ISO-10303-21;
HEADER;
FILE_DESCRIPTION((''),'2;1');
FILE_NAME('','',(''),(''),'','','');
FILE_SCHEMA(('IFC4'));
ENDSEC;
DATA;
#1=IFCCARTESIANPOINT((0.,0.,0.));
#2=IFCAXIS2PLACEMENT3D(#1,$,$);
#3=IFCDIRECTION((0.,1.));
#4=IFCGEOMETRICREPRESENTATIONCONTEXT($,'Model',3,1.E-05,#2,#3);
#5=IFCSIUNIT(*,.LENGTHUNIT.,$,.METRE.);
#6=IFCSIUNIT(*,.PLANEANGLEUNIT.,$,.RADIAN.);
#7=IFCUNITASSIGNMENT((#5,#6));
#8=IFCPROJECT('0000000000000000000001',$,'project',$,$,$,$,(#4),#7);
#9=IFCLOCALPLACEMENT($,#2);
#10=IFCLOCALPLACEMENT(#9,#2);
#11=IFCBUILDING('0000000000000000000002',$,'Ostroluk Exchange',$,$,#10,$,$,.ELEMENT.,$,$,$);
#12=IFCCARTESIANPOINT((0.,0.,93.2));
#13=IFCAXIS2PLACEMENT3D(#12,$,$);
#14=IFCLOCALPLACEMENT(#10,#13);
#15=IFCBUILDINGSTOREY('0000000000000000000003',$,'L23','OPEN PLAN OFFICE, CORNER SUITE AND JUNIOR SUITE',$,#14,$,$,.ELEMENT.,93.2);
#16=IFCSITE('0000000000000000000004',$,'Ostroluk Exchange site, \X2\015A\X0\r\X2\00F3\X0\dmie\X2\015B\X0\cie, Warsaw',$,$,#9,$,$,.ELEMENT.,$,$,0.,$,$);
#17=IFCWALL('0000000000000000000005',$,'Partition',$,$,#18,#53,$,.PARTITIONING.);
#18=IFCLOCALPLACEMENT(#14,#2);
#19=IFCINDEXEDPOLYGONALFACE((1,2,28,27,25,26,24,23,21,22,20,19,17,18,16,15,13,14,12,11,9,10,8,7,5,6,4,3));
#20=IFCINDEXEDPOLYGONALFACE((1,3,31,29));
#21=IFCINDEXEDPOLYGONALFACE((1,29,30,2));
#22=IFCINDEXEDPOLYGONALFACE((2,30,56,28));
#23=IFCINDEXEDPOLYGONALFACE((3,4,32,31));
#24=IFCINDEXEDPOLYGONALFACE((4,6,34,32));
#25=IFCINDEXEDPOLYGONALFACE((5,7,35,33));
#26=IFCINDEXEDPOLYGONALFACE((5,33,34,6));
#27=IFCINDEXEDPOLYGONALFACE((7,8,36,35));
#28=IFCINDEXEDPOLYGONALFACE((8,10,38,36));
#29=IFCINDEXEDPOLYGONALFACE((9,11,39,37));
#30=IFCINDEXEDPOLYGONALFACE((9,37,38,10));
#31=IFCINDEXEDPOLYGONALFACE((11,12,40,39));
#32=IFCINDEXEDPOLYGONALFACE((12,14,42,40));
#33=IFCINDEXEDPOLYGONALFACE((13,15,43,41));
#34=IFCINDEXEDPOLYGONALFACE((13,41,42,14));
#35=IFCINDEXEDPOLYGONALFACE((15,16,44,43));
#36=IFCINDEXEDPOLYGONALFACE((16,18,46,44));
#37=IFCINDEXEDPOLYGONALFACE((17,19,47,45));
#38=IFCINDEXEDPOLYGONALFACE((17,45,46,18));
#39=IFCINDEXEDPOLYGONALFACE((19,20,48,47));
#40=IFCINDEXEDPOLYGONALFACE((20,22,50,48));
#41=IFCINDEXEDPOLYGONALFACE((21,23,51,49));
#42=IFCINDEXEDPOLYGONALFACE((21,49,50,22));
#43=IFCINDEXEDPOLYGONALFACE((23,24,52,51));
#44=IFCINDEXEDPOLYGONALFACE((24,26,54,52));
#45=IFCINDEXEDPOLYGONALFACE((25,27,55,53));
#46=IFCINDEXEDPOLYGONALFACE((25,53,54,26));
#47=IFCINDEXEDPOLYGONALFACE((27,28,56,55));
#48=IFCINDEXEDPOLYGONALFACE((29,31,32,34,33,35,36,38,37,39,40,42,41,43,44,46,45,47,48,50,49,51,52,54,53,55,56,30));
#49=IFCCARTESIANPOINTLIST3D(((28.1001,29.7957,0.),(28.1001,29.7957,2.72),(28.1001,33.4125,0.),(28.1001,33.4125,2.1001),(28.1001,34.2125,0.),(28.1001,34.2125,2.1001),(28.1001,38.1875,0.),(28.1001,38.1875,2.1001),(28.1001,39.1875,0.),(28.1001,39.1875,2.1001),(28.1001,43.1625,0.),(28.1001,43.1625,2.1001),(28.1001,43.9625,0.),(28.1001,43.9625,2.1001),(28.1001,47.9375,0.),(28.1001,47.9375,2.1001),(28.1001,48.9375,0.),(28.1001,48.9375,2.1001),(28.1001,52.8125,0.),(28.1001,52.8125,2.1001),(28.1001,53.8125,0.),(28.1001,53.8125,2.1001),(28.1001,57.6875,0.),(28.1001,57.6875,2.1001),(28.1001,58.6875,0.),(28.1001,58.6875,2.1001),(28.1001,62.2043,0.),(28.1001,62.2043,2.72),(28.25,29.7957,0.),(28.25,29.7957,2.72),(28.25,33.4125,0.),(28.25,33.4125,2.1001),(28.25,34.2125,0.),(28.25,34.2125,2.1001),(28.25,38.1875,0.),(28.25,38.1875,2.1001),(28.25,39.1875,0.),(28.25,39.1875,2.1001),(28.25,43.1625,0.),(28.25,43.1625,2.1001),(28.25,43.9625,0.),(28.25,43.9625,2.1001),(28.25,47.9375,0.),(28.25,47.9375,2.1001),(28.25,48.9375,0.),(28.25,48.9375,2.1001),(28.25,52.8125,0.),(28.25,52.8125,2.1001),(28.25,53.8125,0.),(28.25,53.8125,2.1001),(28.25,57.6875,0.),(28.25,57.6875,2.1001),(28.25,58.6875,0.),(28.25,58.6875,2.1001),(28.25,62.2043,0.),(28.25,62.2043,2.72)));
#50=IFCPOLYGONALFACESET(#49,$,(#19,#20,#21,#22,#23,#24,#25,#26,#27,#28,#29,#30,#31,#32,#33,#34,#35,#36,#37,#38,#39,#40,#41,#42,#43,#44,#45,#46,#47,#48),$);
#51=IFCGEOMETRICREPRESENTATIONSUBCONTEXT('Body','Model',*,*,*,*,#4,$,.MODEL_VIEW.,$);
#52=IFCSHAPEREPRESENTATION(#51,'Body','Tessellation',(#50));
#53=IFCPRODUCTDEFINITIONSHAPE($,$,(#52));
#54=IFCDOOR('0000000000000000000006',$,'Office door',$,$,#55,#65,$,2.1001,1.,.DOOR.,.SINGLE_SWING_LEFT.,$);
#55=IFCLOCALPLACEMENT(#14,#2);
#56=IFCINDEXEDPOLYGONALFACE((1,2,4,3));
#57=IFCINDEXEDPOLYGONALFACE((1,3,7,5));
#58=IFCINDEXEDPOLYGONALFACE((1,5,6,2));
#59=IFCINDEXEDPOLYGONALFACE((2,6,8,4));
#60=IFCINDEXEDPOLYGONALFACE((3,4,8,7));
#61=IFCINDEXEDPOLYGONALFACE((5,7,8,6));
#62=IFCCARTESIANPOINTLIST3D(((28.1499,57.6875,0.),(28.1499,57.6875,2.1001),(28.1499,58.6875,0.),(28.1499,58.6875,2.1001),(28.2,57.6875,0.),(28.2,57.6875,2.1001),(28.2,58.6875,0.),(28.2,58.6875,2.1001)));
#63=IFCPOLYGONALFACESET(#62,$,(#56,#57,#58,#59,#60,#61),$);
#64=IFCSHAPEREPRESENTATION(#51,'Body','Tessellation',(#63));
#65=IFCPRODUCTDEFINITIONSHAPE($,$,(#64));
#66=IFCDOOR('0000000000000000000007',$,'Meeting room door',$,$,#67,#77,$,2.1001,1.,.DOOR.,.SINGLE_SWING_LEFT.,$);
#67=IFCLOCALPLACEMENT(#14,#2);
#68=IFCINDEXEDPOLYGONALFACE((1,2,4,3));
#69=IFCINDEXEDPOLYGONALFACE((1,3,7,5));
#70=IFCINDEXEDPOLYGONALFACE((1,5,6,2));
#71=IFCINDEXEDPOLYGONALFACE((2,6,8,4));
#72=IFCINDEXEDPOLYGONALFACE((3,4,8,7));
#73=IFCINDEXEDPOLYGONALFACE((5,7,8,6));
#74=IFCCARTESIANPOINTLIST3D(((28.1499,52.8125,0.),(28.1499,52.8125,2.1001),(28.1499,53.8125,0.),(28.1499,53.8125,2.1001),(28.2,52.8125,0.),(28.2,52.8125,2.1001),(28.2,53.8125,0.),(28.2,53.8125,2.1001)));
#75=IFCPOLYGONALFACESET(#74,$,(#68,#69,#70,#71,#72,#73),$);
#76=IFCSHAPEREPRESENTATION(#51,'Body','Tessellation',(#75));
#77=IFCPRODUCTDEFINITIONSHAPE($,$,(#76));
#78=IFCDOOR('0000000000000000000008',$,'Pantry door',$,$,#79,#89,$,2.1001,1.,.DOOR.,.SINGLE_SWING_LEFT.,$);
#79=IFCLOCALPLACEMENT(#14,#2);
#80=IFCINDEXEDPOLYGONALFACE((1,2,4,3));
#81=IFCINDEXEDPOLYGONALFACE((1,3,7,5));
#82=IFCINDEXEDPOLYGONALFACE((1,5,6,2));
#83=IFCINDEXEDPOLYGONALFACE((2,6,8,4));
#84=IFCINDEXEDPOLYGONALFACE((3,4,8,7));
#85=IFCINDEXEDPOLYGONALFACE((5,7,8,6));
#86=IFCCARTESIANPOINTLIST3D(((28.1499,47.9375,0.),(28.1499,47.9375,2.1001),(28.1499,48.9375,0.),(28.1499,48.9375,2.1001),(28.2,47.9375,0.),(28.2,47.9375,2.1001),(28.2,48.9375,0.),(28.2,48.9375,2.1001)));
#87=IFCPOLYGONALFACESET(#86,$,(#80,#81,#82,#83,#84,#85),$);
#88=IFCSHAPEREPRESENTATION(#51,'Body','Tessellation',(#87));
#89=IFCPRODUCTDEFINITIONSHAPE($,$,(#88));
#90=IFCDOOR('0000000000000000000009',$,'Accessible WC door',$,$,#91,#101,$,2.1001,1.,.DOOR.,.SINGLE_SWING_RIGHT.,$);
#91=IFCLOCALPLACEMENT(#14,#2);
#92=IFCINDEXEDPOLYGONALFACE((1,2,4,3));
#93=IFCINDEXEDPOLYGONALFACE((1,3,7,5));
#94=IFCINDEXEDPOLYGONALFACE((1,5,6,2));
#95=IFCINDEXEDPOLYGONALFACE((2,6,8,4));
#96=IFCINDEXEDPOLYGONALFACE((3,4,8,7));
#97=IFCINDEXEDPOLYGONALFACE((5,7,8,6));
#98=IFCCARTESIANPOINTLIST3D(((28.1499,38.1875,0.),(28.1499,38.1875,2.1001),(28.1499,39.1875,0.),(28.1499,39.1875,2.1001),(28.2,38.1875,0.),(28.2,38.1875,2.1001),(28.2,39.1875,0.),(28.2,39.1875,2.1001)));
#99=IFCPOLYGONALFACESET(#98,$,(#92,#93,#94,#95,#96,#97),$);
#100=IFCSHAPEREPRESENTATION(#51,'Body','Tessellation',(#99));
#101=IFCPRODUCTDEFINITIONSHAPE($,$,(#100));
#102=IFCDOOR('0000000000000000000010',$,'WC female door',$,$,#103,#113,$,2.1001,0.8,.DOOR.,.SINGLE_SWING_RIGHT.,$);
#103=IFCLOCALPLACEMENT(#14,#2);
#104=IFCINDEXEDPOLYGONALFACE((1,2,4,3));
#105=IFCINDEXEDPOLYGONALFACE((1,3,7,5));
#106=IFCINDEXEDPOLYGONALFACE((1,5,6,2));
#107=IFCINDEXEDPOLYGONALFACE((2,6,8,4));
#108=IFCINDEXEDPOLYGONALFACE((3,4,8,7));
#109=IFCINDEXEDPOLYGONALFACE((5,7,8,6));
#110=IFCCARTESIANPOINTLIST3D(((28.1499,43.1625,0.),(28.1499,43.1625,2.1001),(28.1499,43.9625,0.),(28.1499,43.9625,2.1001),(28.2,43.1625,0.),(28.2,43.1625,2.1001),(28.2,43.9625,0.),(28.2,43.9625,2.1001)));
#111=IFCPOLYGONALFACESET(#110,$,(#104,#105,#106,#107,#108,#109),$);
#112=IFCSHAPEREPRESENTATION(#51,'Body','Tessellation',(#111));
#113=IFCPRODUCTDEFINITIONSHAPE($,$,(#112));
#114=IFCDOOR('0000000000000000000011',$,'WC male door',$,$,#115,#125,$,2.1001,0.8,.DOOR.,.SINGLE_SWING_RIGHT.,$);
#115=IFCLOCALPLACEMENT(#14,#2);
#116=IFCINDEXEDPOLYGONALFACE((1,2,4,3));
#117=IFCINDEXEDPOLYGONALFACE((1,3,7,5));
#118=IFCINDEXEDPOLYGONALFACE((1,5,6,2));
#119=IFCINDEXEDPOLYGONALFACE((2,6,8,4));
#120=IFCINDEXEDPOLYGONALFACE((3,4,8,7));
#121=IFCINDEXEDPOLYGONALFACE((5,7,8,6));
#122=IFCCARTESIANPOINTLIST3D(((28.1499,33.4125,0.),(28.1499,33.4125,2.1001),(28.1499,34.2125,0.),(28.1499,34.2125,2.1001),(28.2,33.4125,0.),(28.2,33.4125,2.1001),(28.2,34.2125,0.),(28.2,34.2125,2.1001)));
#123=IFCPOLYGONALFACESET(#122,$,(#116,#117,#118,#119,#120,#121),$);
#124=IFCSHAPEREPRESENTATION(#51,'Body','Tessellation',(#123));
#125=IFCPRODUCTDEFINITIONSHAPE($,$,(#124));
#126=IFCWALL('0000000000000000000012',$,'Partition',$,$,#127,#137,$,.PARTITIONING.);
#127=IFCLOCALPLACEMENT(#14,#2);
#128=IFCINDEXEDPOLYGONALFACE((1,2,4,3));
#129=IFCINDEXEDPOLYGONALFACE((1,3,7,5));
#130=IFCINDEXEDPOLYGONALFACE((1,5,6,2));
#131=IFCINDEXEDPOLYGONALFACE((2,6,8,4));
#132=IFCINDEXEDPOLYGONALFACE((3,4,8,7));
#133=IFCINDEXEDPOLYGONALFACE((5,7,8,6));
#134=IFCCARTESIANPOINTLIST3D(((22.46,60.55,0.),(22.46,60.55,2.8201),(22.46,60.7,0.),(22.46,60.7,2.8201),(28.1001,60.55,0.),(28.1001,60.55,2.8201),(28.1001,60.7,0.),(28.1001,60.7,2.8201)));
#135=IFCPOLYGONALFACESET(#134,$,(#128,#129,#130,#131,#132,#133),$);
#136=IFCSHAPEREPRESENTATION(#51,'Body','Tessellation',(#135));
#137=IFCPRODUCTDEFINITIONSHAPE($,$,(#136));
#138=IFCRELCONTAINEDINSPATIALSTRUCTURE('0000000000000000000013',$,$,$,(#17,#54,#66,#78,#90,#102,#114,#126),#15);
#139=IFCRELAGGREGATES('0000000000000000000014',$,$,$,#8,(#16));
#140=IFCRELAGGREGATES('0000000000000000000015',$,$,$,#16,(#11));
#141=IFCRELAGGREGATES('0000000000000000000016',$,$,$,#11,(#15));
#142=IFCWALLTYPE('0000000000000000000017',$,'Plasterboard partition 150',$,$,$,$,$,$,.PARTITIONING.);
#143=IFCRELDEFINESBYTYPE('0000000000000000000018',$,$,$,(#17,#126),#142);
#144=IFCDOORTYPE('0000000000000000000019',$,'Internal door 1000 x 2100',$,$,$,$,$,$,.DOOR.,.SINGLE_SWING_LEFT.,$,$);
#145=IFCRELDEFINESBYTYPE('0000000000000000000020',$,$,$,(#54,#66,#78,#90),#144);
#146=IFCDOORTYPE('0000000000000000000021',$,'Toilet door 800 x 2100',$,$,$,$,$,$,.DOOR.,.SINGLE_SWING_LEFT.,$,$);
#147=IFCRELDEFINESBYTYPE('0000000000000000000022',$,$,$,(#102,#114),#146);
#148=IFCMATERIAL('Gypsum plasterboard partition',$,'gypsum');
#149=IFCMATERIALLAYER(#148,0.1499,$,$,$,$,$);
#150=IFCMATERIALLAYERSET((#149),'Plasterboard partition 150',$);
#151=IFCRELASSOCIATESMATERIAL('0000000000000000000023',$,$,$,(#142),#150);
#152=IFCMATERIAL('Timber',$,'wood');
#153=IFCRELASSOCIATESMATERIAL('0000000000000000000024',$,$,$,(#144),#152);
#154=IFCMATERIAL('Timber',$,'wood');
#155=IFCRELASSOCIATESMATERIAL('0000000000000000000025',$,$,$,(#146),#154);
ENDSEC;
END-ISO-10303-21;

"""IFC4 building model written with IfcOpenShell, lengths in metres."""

from ifc_helpers import new_model, si_unit, direction, frame, frame_2d, origin, place, context, subcontext, project, spatial, rectangle, extrude, material, layer, layer_set, type_object, element, fill, save


model = new_model("IFC4")

# Units and contexts
model_context = context("Model", 3, precision=1e-05, world=origin(), true_north=direction((0.0, 1.0)))
body_context = subcontext(model_context, "Body", "Model", "MODEL_VIEW")
ifc_project = project(units=[si_unit("LENGTHUNIT", "METRE"), si_unit("PLANEANGLEUNIT", "RADIAN")], contexts=[model_context])

# Site, building, storey
site_placement = place(None, origin())
site = spatial("IfcSite", under=ifc_project, at=site_placement, Name="Ostroluk Exchange site, Śródmieście, Warsaw", CompositionType="ELEMENT", RefElevation=0.0)
building_placement = place(site_placement, origin())
building = spatial("IfcBuilding", under=site, at=building_placement, Name="Ostroluk Exchange", CompositionType="ELEMENT")
storey_placement = place(building_placement, frame((0.0, 0.0, 93.2)))
storey = spatial("IfcBuildingStorey", under=building, at=storey_placement, Name="L23", Description="OPEN PLAN OFFICE, CORNER SUITE AND JUNIOR SUITE", CompositionType="ELEMENT", Elevation=93.2)

# Shared definitions
ifc_material_1 = material(Name="Gypsum plasterboard partition", Category="gypsum")
ifc_layer_1 = layer(ifc_material_1, 0.1499)
ifc_layer_set_1 = layer_set([ifc_layer_1], Name="Plasterboard partition 150")
wall_type = type_object("IfcWallType", Name="Plasterboard partition 150", PredefinedType="PARTITIONING", material=ifc_layer_set_1)
ifc_material_2 = material(Name="Timber", Category="wood")
door_type_1 = type_object("IfcDoorType", Name="Internal door 1000 x 2100", OperationType="SINGLE_SWING_LEFT", PredefinedType="DOOR", material=ifc_material_2)

# Wall, openings, doors
wall_1_placement = place(storey_placement, frame((28.175, 62.2043, 0.0), z_axis=(0.0, 0.0, 1.0), x_axis=(0.0, -1.0, 0.0)))
wall_1 = element("IfcWall", 1, at=wall_1_placement, inside=storey, type_object=wall_type, Name="Partition", PredefinedType="PARTITIONING", context=body_context, shape_type="SweptSolid", body=[
    extrude(rectangle(XDim=32.4087, YDim=0.1499, at=frame_2d((16.2043, 0.0))), origin(), (0.0, 0.0, 1.0), 2.72),
])
opening_1_placement = place(wall_1_placement, frame((3.5168, 0.0, 0.0)))
opening_1 = element("IfcOpeningElement", 2, at=opening_1_placement, cuts=wall_1, PredefinedType="OPENING", context=body_context, shape_type="SweptSolid", body=[
    extrude(rectangle(XDim=1.0, YDim=2.1001, at=frame_2d((0.5, 1.05))), frame((0.0, 0.085, 0.0), z_axis=(0.0, -1.0, 0.0), x_axis=(1.0, 0.0, 0.0)), (0.0, 0.0, 1.0), 0.1699),
])
opening_2_placement = place(wall_1_placement, frame((8.3918, 0.0, 0.0)))
opening_2 = element("IfcOpeningElement", 3, at=opening_2_placement, cuts=wall_1, PredefinedType="OPENING", context=body_context, shape_type="SweptSolid", body=[
    extrude(rectangle(XDim=1.0, YDim=2.1001, at=frame_2d((0.5, 1.05))), frame((0.0, 0.085, 0.0), z_axis=(0.0, -1.0, 0.0), x_axis=(1.0, 0.0, 0.0)), (0.0, 0.0, 1.0), 0.1699),
])
opening_3_placement = place(wall_1_placement, frame((13.2668, 0.0, 0.0)))
opening_3 = element("IfcOpeningElement", 4, at=opening_3_placement, cuts=wall_1, PredefinedType="OPENING", context=body_context, shape_type="SweptSolid", body=[
    extrude(rectangle(XDim=1.0, YDim=2.1001, at=frame_2d((0.5, 1.05))), frame((0.0, 0.085, 0.0), z_axis=(0.0, -1.0, 0.0), x_axis=(1.0, 0.0, 0.0)), (0.0, 0.0, 1.0), 0.1699),
])
opening_4_placement = place(wall_1_placement, frame((18.2419, 0.0, 0.0)))
opening_4 = element("IfcOpeningElement", 5, at=opening_4_placement, cuts=wall_1, PredefinedType="OPENING", context=body_context, shape_type="SweptSolid", body=[
    extrude(rectangle(XDim=0.8, YDim=2.1001, at=frame_2d((0.3999, 1.05))), frame((0.0, 0.085, 0.0), z_axis=(0.0, -1.0, 0.0), x_axis=(1.0, 0.0, 0.0)), (0.0, 0.0, 1.0), 0.1699),
])
opening_5_placement = place(wall_1_placement, frame((23.0168, 0.0, 0.0)))
opening_5 = element("IfcOpeningElement", 6, at=opening_5_placement, cuts=wall_1, PredefinedType="OPENING", context=body_context, shape_type="SweptSolid", body=[
    extrude(rectangle(XDim=1.0, YDim=2.1001, at=frame_2d((0.5, 1.05))), frame((0.0, 0.085, 0.0), z_axis=(0.0, -1.0, 0.0), x_axis=(1.0, 0.0, 0.0)), (0.0, 0.0, 1.0), 0.1699),
])
opening_6_placement = place(wall_1_placement, frame((27.9919, 0.0, 0.0)))
opening_6 = element("IfcOpeningElement", 7, at=opening_6_placement, cuts=wall_1, PredefinedType="OPENING", context=body_context, shape_type="SweptSolid", body=[
    extrude(rectangle(XDim=0.8, YDim=2.1001, at=frame_2d((0.3999, 1.05))), frame((0.0, 0.085, 0.0), z_axis=(0.0, -1.0, 0.0), x_axis=(1.0, 0.0, 0.0)), (0.0, 0.0, 1.0), 0.1699),
])
door_1_placement = place(opening_1_placement, origin())
door_1 = element("IfcDoor", 8, at=door_1_placement, inside=storey, type_object=door_type_1, Name="Office door", OperationType="SINGLE_SWING_LEFT", OverallHeight=2.1001, OverallWidth=1.0, PredefinedType="DOOR", context=body_context, shape_type="SweptSolid", body=[
    extrude(rectangle(XDim=1.0, YDim=2.1001, at=frame_2d((0.5, 1.05))), frame((0.0, 0.0249, 0.0), z_axis=(0.0, -1.0, 0.0), x_axis=(1.0, 0.0, 0.0)), (0.0, 0.0, 1.0), 0.05),
])
fill(opening_1, door_1)
door_2_placement = place(opening_2_placement, origin())
door_2 = element("IfcDoor", 9, at=door_2_placement, inside=storey, type_object=door_type_1, Name="Meeting room door", OperationType="SINGLE_SWING_LEFT", OverallHeight=2.1001, OverallWidth=1.0, PredefinedType="DOOR", context=body_context, shape_type="SweptSolid", body=[
    extrude(rectangle(XDim=1.0, YDim=2.1001, at=frame_2d((0.5, 1.05))), frame((0.0, 0.0249, 0.0), z_axis=(0.0, -1.0, 0.0), x_axis=(1.0, 0.0, 0.0)), (0.0, 0.0, 1.0), 0.05),
])
fill(opening_2, door_2)
door_3_placement = place(opening_3_placement, origin())
door_3 = element("IfcDoor", 10, at=door_3_placement, inside=storey, type_object=door_type_1, Name="Pantry door", OperationType="SINGLE_SWING_LEFT", OverallHeight=2.1001, OverallWidth=1.0, PredefinedType="DOOR", context=body_context, shape_type="SweptSolid", body=[
    extrude(rectangle(XDim=1.0, YDim=2.1001, at=frame_2d((0.5, 1.05))), frame((0.0, 0.0249, 0.0), z_axis=(0.0, -1.0, 0.0), x_axis=(1.0, 0.0, 0.0)), (0.0, 0.0, 1.0), 0.05),
])
fill(opening_3, door_3)
door_4_placement = place(opening_5_placement, origin())
door_4 = element("IfcDoor", 11, at=door_4_placement, inside=storey, type_object=door_type_1, Name="Accessible WC door", OperationType="SINGLE_SWING_RIGHT", OverallHeight=2.1001, OverallWidth=1.0, PredefinedType="DOOR", context=body_context, shape_type="SweptSolid", body=[
    extrude(rectangle(XDim=1.0, YDim=2.1001, at=frame_2d((0.5, 1.05))), frame((0.0, 0.0249, 0.0), z_axis=(0.0, -1.0, 0.0), x_axis=(1.0, 0.0, 0.0)), (0.0, 0.0, 1.0), 0.05),
])
fill(opening_5, door_4)
ifc_material_3 = material(Name="Timber", Category="wood")
door_type_2 = type_object("IfcDoorType", Name="Toilet door 800 x 2100", OperationType="SINGLE_SWING_LEFT", PredefinedType="DOOR", material=ifc_material_3)
door_5_placement = place(opening_4_placement, origin())
door_5 = element("IfcDoor", 12, at=door_5_placement, inside=storey, type_object=door_type_2, Name="WC female door", OperationType="SINGLE_SWING_RIGHT", OverallHeight=2.1001, OverallWidth=0.8, PredefinedType="DOOR", context=body_context, shape_type="SweptSolid", body=[
    extrude(rectangle(XDim=0.8, YDim=2.1001, at=frame_2d((0.3999, 1.05))), frame((0.0, 0.0249, 0.0), z_axis=(0.0, -1.0, 0.0), x_axis=(1.0, 0.0, 0.0)), (0.0, 0.0, 1.0), 0.05),
])
fill(opening_4, door_5)
door_6_placement = place(opening_6_placement, origin())
door_6 = element("IfcDoor", 13, at=door_6_placement, inside=storey, type_object=door_type_2, Name="WC male door", OperationType="SINGLE_SWING_RIGHT", OverallHeight=2.1001, OverallWidth=0.8, PredefinedType="DOOR", context=body_context, shape_type="SweptSolid", body=[
    extrude(rectangle(XDim=0.8, YDim=2.1001, at=frame_2d((0.3999, 1.05))), frame((0.0, 0.0249, 0.0), z_axis=(0.0, -1.0, 0.0), x_axis=(1.0, 0.0, 0.0)), (0.0, 0.0, 1.0), 0.05),
])
fill(opening_6, door_6)

# Wall
wall_2_placement = place(storey_placement, frame((28.1001, 60.625, 0.0), z_axis=(0.0, 0.0, 1.0), x_axis=(-1.0, 0.0, 0.0)))
element("IfcWall", 14, at=wall_2_placement, inside=storey, type_object=wall_type, Name="Partition", PredefinedType="PARTITIONING", context=body_context, shape_type="SweptSolid", body=[
    extrude(rectangle(XDim=5.6401, YDim=0.1499, at=frame_2d((2.8201, 0.0))), origin(), (0.0, 0.0, 1.0), 2.8201),
])

save(model, "model.ifc")
